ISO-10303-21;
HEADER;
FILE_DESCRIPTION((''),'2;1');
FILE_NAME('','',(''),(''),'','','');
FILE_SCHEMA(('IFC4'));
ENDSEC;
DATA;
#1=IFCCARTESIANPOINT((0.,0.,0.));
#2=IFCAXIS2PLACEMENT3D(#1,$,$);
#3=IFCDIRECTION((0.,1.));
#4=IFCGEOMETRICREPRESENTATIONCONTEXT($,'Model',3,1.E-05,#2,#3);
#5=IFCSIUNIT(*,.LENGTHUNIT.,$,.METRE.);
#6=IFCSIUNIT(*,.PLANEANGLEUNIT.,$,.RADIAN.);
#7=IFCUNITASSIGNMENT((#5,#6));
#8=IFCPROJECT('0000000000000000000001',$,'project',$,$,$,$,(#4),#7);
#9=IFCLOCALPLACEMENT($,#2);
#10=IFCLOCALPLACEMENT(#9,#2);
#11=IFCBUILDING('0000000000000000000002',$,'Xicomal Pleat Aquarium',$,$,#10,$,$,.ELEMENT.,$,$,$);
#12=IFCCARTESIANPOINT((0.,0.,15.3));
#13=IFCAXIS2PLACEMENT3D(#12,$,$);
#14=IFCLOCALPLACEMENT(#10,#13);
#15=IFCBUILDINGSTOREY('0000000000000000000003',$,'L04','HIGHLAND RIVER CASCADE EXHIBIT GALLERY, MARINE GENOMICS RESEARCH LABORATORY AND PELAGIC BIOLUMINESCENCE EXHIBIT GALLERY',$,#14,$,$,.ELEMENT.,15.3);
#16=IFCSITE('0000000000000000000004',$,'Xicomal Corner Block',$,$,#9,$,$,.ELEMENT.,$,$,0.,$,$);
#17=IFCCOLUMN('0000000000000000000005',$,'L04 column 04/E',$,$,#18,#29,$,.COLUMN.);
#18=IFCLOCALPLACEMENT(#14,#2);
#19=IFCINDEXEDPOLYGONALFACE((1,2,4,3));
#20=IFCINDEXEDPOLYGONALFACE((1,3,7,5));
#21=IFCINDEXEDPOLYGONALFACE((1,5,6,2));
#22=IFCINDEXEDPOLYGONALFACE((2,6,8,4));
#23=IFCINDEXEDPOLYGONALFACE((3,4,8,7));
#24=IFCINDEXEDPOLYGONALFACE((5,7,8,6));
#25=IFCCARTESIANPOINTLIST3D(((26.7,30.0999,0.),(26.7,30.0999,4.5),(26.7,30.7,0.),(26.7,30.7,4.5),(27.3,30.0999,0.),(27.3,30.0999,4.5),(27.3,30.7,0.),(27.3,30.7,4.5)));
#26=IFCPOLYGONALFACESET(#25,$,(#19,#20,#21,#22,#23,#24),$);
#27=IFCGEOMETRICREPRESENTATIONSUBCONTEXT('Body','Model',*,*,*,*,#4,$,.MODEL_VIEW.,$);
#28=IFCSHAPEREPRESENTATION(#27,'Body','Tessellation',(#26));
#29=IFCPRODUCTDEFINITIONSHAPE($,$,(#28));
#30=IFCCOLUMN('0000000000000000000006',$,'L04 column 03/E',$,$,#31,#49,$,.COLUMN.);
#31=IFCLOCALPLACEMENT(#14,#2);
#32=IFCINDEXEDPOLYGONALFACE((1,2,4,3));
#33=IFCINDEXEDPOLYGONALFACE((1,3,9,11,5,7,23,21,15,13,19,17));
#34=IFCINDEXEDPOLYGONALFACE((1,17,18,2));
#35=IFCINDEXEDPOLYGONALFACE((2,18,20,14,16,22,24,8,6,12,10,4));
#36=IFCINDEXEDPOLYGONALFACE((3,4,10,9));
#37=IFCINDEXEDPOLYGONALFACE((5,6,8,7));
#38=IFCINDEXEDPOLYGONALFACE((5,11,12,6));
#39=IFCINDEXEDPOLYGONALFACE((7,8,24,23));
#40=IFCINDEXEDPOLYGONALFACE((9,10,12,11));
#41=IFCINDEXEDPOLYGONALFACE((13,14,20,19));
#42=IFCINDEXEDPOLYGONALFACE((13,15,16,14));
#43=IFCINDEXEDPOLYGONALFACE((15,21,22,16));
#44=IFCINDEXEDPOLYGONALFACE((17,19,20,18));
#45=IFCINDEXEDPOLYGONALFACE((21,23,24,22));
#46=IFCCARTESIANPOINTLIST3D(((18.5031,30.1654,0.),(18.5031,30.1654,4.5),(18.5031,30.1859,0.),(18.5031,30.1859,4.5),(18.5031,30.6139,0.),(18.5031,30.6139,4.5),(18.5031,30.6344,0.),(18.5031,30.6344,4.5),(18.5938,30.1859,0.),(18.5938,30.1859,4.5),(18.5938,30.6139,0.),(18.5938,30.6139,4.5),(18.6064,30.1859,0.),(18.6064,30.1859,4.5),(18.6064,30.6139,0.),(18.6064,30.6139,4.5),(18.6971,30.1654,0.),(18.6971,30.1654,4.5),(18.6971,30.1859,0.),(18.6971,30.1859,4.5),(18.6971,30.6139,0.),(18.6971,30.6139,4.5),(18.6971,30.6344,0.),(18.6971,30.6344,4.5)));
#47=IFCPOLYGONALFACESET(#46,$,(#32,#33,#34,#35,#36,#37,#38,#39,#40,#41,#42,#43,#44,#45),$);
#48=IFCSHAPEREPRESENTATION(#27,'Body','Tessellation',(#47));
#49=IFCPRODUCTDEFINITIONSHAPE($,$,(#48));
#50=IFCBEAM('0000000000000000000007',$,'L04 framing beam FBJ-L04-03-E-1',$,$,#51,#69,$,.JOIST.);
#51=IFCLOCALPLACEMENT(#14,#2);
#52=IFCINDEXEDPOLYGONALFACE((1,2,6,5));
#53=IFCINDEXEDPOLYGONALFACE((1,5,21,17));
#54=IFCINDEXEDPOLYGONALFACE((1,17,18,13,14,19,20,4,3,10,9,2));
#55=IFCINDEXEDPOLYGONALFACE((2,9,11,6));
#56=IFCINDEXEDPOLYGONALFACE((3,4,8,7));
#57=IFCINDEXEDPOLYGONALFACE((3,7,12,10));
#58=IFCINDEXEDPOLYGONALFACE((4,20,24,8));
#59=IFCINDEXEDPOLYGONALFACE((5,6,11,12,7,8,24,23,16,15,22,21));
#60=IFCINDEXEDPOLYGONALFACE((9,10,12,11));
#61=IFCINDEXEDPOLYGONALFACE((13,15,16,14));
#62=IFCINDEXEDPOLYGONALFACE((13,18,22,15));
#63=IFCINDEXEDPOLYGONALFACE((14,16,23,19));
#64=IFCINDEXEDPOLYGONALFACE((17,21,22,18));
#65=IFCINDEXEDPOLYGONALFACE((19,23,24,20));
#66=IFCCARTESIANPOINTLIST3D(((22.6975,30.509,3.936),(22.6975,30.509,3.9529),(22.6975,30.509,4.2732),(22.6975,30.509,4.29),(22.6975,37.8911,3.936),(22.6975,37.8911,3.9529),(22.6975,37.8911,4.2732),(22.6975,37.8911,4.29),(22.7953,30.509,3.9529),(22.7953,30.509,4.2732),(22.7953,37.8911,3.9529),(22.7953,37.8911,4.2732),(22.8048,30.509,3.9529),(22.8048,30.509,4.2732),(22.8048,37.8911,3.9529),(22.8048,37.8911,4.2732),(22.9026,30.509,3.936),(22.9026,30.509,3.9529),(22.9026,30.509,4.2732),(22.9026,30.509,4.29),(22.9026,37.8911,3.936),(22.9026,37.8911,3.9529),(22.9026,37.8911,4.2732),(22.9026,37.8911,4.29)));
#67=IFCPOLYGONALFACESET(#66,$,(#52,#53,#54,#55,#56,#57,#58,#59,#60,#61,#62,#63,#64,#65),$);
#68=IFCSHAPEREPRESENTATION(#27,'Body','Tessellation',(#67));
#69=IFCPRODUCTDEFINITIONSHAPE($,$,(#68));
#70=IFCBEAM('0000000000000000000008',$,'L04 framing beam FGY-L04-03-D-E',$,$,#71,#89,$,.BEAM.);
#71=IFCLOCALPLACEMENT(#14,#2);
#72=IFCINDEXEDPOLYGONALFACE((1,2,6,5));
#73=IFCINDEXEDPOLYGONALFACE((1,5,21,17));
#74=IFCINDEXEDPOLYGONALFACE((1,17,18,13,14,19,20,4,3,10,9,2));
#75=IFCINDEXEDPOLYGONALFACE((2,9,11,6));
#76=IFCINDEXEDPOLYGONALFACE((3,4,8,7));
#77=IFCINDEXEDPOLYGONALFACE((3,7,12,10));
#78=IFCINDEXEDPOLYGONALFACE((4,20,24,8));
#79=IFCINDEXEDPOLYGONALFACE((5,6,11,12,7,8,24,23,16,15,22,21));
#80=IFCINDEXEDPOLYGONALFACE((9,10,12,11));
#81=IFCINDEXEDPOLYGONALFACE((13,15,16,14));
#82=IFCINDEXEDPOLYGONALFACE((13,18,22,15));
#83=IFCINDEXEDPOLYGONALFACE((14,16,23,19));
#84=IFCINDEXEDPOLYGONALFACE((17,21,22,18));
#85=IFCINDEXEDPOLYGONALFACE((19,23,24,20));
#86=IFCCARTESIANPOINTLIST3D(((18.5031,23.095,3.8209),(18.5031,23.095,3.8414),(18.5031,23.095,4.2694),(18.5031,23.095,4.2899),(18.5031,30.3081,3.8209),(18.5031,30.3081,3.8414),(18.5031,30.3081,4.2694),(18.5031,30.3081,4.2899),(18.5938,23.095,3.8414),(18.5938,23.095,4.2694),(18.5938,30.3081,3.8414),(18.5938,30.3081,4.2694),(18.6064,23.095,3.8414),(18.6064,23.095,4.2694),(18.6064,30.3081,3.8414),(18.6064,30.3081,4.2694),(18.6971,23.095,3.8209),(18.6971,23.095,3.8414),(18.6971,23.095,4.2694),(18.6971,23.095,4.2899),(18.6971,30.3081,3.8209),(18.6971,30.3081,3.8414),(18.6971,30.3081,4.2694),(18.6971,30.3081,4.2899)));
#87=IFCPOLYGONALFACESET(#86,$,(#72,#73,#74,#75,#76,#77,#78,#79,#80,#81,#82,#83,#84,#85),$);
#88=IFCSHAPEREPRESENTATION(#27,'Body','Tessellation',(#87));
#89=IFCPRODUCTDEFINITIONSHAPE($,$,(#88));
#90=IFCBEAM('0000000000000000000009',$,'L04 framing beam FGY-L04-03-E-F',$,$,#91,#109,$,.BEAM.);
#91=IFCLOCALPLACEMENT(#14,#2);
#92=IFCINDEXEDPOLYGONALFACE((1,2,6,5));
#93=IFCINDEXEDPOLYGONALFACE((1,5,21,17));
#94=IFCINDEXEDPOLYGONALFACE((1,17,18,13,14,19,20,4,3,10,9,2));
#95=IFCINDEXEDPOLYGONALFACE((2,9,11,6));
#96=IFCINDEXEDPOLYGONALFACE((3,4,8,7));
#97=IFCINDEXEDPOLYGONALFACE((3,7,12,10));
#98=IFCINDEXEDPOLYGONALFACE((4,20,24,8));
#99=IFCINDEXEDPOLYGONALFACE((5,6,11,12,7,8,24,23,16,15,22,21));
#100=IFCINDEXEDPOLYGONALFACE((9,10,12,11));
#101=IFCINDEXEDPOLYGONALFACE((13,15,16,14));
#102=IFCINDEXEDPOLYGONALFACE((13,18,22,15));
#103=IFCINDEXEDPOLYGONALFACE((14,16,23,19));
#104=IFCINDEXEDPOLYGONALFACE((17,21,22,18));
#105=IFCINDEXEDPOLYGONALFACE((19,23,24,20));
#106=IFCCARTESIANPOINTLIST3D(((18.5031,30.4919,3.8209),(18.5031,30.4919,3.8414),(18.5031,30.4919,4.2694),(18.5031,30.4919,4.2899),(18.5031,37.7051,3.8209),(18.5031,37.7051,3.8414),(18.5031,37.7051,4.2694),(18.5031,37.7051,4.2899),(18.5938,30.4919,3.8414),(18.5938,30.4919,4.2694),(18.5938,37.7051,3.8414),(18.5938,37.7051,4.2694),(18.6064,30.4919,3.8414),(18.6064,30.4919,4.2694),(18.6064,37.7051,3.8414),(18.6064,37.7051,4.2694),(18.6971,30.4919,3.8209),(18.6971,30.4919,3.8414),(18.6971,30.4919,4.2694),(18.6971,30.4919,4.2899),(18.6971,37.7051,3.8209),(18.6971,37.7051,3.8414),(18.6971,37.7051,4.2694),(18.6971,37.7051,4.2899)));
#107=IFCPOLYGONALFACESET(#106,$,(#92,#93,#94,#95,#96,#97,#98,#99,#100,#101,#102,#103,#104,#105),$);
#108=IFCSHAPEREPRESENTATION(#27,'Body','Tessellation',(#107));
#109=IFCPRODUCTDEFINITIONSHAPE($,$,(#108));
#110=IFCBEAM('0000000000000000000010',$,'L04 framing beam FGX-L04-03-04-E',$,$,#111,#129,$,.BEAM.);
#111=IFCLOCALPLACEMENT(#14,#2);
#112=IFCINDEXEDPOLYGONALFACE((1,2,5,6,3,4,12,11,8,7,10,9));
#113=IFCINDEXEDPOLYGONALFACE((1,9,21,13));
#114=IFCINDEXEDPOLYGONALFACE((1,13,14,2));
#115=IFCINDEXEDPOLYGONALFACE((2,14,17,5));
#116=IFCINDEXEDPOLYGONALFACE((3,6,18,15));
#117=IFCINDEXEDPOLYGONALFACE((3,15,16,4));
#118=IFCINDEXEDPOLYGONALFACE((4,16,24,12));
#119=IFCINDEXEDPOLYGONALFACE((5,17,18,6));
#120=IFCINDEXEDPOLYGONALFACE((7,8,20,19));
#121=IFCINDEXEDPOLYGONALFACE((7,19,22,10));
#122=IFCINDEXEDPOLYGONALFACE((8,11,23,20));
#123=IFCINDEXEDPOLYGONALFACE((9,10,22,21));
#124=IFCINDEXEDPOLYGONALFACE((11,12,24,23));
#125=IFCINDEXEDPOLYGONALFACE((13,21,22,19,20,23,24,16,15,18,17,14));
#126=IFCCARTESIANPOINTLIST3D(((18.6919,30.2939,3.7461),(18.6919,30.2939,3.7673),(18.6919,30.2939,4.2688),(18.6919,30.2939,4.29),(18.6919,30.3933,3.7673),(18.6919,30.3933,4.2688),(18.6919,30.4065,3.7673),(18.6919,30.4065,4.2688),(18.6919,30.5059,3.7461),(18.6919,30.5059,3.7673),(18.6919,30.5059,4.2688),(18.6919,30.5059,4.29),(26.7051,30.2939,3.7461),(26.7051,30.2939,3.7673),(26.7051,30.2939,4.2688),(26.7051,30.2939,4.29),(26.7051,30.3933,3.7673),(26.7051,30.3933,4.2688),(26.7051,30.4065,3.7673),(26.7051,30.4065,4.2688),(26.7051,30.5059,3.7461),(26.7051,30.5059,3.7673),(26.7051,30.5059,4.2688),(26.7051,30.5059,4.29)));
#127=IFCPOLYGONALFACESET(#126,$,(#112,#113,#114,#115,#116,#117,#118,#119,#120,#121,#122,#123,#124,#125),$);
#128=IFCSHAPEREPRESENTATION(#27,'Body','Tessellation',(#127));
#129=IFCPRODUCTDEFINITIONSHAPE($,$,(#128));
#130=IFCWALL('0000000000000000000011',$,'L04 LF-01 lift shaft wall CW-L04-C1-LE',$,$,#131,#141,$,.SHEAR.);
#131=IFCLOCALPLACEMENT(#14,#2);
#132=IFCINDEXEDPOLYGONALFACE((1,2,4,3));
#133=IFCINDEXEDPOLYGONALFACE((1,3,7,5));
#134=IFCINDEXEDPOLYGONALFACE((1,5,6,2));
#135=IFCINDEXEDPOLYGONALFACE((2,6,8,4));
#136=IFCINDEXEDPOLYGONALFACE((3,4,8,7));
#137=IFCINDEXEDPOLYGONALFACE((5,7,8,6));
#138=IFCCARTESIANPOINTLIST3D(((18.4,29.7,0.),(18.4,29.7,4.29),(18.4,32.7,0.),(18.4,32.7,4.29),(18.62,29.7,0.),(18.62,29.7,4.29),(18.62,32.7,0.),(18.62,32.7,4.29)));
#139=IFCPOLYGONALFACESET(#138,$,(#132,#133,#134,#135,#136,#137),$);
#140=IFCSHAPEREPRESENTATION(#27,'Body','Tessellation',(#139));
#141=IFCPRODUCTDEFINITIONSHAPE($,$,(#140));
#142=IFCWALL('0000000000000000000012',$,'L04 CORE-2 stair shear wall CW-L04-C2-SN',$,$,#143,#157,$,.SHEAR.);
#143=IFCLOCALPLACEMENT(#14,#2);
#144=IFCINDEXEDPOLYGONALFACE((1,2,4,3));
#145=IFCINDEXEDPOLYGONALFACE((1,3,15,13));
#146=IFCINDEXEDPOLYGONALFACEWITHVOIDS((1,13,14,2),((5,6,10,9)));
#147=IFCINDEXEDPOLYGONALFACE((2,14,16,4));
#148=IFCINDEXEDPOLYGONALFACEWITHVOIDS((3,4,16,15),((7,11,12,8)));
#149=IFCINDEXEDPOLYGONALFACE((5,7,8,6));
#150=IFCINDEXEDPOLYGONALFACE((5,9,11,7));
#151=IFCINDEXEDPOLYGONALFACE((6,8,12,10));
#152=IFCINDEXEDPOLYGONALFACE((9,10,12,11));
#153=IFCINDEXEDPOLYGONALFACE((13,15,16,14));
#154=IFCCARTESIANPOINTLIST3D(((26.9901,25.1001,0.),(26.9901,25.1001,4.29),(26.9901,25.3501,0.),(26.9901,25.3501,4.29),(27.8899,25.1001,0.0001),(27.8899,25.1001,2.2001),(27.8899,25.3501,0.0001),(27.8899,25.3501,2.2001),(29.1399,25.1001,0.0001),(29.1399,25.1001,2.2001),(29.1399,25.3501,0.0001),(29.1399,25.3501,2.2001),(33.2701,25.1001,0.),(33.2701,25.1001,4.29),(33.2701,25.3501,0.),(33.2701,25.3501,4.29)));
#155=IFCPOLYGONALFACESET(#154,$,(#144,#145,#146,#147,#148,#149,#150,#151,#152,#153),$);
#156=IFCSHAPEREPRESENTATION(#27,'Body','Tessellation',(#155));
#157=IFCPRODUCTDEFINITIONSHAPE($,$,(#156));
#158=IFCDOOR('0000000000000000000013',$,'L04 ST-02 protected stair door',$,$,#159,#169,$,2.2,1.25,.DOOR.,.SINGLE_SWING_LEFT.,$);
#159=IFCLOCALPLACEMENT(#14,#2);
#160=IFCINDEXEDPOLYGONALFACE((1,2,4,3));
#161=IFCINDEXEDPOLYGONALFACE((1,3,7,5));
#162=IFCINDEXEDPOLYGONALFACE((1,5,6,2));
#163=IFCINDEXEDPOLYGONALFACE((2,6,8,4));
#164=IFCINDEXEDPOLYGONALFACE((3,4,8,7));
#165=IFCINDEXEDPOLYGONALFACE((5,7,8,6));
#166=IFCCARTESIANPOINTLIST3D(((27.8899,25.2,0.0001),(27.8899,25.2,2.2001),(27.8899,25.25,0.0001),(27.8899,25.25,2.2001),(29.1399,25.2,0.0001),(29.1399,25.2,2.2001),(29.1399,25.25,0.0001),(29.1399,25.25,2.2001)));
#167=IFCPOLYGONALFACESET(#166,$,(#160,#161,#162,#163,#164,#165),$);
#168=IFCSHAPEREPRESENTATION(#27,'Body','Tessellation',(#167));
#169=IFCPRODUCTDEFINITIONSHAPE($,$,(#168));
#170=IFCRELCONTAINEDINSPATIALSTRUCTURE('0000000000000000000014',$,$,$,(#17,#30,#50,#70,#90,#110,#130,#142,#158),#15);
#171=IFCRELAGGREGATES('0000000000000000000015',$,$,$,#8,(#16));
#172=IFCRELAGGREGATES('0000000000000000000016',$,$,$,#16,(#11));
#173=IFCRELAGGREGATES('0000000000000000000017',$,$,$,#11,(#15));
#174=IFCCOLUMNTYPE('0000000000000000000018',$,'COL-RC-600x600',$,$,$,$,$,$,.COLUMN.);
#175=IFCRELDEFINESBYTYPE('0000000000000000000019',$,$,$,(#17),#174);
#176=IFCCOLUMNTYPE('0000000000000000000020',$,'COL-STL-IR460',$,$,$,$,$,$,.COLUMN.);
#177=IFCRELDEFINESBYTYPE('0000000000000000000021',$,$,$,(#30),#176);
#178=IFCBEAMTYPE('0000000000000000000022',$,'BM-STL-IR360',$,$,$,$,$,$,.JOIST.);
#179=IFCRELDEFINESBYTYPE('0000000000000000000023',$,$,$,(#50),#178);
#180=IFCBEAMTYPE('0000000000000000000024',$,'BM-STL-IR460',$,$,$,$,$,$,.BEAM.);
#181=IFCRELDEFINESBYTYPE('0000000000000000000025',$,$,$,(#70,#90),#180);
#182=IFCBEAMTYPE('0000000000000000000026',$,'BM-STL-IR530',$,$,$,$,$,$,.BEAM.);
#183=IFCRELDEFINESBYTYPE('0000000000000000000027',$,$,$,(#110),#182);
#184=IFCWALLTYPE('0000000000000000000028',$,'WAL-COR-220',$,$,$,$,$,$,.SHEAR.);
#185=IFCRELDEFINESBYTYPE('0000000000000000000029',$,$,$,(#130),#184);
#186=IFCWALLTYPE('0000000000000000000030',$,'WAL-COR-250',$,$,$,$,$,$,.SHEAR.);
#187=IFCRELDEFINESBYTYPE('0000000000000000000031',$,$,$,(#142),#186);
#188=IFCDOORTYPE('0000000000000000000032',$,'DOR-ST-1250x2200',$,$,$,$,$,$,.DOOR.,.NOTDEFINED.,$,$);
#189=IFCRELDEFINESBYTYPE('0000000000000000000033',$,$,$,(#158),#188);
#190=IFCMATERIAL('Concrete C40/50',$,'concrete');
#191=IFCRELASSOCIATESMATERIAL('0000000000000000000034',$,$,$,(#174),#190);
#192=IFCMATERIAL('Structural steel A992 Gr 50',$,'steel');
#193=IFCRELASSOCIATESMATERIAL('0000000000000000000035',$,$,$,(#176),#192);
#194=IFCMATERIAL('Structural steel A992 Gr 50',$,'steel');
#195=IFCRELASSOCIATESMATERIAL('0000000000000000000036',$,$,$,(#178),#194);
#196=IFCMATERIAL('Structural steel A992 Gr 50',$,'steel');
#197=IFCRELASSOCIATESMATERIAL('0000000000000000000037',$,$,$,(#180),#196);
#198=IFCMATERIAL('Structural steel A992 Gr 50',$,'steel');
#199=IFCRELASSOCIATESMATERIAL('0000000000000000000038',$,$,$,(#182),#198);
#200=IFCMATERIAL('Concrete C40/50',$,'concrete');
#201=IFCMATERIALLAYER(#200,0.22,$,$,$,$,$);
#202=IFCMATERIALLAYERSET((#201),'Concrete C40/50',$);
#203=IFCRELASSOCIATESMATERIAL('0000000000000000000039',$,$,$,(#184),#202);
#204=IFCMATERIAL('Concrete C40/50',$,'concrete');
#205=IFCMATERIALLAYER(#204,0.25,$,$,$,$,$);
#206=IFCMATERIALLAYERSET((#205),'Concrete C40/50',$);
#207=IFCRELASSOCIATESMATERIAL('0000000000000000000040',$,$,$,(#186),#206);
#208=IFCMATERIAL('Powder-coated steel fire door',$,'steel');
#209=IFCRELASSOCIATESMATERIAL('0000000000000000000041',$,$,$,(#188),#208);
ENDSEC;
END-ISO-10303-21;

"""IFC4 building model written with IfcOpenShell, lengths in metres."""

from ifc_helpers import new_model, si_unit, direction, frame, frame_2d, origin, origin_2d, place, context, subcontext, project, spatial, rectangle, i_section, extrude, material, layer, layer_set, material_profile, profile_set, type_object, element, fill, save


model = new_model("IFC4")

# Units and contexts
model_context = context("Model", 3, precision=1e-05, world=origin(), true_north=direction((0.0, 1.0)))
body_context = subcontext(model_context, "Body", "Model", "MODEL_VIEW")
ifc_project = project(units=[si_unit("LENGTHUNIT", "METRE"), si_unit("PLANEANGLEUNIT", "RADIAN")], contexts=[model_context])

# Site, building, storey
site_placement = place(None, origin())
site = spatial("IfcSite", under=ifc_project, at=site_placement, Name="Xicomal Corner Block", CompositionType="ELEMENT", RefElevation=0.0)
building_placement = place(site_placement, origin())
building = spatial("IfcBuilding", under=site, at=building_placement, Name="Xicomal Pleat Aquarium", CompositionType="ELEMENT")
storey_placement = place(building_placement, frame((0.0, 0.0, 15.3)))
storey = spatial("IfcBuildingStorey", under=building, at=storey_placement, Name="L04", Description="HIGHLAND RIVER CASCADE EXHIBIT GALLERY, MARINE GENOMICS RESEARCH LABORATORY AND PELAGIC BIOLUMINESCENCE EXHIBIT GALLERY", CompositionType="ELEMENT", Elevation=15.3)

# Columns
ifc_material_1 = material(Name="Concrete C40/50", Category="concrete")
ifc_material_profile_1 = material_profile(ifc_material_1, rectangle(XDim=0.6001, YDim=0.6001, at=origin_2d()), Name="RC 600x600")
ifc_profile_set_1 = profile_set([ifc_material_profile_1], Name="Concrete C40/50")
column_type_1 = type_object("IfcColumnType", Name="COL-RC-600x600", PredefinedType="COLUMN", material=ifc_profile_set_1)
column_1_placement = place(storey_placement, frame((27.0, 30.3999, 0.0), z_axis=(0.0, 0.0, 1.0), x_axis=(1.0, 0.0, 0.0)))
element("IfcColumn", 1, at=column_1_placement, inside=storey, type_object=column_type_1, Name="L04 column 04/E", PredefinedType="COLUMN", context=body_context, shape_type="SweptSolid", body=[
    extrude(rectangle(XDim=0.6001, YDim=0.6001, at=origin_2d()), origin(), (0.0, 0.0, 1.0), 4.5),
])
ifc_material_2 = material(Name="Structural steel A992 Gr 50", Category="steel")
ifc_material_profile_2 = material_profile(ifc_material_2, i_section(OverallWidth=0.1941, OverallDepth=0.469, WebThickness=0.0127, FlangeThickness=0.0205, at=origin_2d()), Name="IR 460x106")
ifc_profile_set_2 = profile_set([ifc_material_profile_2], Name="Structural steel A992 Gr 50")
column_type_2 = type_object("IfcColumnType", Name="COL-STL-IR460", PredefinedType="COLUMN", material=ifc_profile_set_2)
column_2_placement = place(storey_placement, frame((18.6001, 30.3999, 0.0), z_axis=(0.0, 0.0, 1.0), x_axis=(1.0, 0.0, 0.0)))
element("IfcColumn", 2, at=column_2_placement, inside=storey, type_object=column_type_2, Name="L04 column 03/E", PredefinedType="COLUMN", context=body_context, shape_type="SweptSolid", body=[
    extrude(i_section(OverallWidth=0.1941, OverallDepth=0.469, WebThickness=0.0127, FlangeThickness=0.0205, at=origin_2d()), origin(), (0.0, 0.0, 1.0), 4.5),
])

# Beams
ifc_material_3 = material(Name="Structural steel A992 Gr 50", Category="steel")
ifc_material_profile_3 = material_profile(ifc_material_3, i_section(OverallWidth=0.2051, OverallDepth=0.354, WebThickness=0.0095, FlangeThickness=0.0168, at=origin_2d()), Name="IR 360x79")
ifc_profile_set_3 = profile_set([ifc_material_profile_3], Name="Structural steel A992 Gr 50")
beam_type_1 = type_object("IfcBeamType", Name="BM-STL-IR360", PredefinedType="JOIST", material=ifc_profile_set_3)
beam_1_placement = place(storey_placement, frame((22.8, 30.509, 4.113), z_axis=(0.0, 1.0, 0.0), x_axis=(-1.0, 0.0, 0.0)))
element("IfcBeam", 3, at=beam_1_placement, inside=storey, type_object=beam_type_1, Name="L04 framing beam FBJ-L04-03-E-1", PredefinedType="JOIST", context=body_context, shape_type="SweptSolid", body=[
    extrude(i_section(OverallWidth=0.2051, OverallDepth=0.354, WebThickness=0.0095, FlangeThickness=0.0168, at=origin_2d()), origin(), (0.0, 0.0, 1.0), 7.3821),
])
ifc_material_4 = material(Name="Structural steel A992 Gr 50", Category="steel")
ifc_material_profile_4 = material_profile(ifc_material_4, i_section(OverallWidth=0.1941, OverallDepth=0.469, WebThickness=0.0127, FlangeThickness=0.0205, at=origin_2d()), Name="IR 460x106")
ifc_profile_set_4 = profile_set([ifc_material_profile_4], Name="Structural steel A992 Gr 50")
beam_type_2 = type_object("IfcBeamType", Name="BM-STL-IR460", PredefinedType="BEAM", material=ifc_profile_set_4)
for number, where, z_axis, x_axis, name in (
    (4, (18.6001, 23.095, 4.0554), (0.0, 1.0, 0.0), (-1.0, 0.0, 0.0), "L04 framing beam FGY-L04-03-D-E"),
    (5, (18.6001, 30.4919, 4.0554), (0.0, 1.0, 0.0), (-1.0, 0.0, 0.0), "L04 framing beam FGY-L04-03-E-F"),
):
    element("IfcBeam", number, at=place(storey_placement, frame(where, z_axis=z_axis, x_axis=x_axis)), inside=storey, type_object=beam_type_2, Name=name, PredefinedType="BEAM", context=body_context, shape_type="SweptSolid", body=[
        extrude(i_section(OverallWidth=0.1941, OverallDepth=0.469, WebThickness=0.0127, FlangeThickness=0.0205, at=origin_2d()), origin(), (0.0, 0.0, 1.0), 7.2131),
    ])
ifc_material_5 = material(Name="Structural steel A992 Gr 50", Category="steel")
ifc_material_profile_5 = material_profile(ifc_material_5, i_section(OverallWidth=0.2119, OverallDepth=0.5439, WebThickness=0.0132, FlangeThickness=0.0212, at=origin_2d()), Name="IR 530x123")
ifc_profile_set_5 = profile_set([ifc_material_profile_5], Name="Structural steel A992 Gr 50")
beam_type_3 = type_object("IfcBeamType", Name="BM-STL-IR530", PredefinedType="BEAM", material=ifc_profile_set_5)
beam_2_placement = place(storey_placement, frame((18.6919, 30.3999, 4.0181), z_axis=(1.0, 0.0, 0.0), x_axis=(0.0, 1.0, 0.0)))
element("IfcBeam", 6, at=beam_2_placement, inside=storey, type_object=beam_type_3, Name="L04 framing beam FGX-L04-03-04-E", PredefinedType="BEAM", context=body_context, shape_type="SweptSolid", body=[
    extrude(i_section(OverallWidth=0.2119, OverallDepth=0.5439, WebThickness=0.0132, FlangeThickness=0.0212, at=origin_2d()), origin(), (0.0, 0.0, 1.0), 8.0132),
])

# Wall
ifc_material_6 = material(Name="Concrete C40/50", Category="concrete")
ifc_layer_1 = layer(ifc_material_6, 0.22)
ifc_layer_set_1 = layer_set([ifc_layer_1], Name="Concrete C40/50")
wall_type_1 = type_object("IfcWallType", Name="WAL-COR-220", PredefinedType="SHEAR", material=ifc_layer_set_1)
wall_1_placement = place(storey_placement, frame((18.51, 29.7, 0.0), z_axis=(0.0, 0.0, 1.0), x_axis=(0.0, 1.0, 0.0)))
element("IfcWall", 7, at=wall_1_placement, inside=storey, type_object=wall_type_1, Name="L04 LF-01 lift shaft wall CW-L04-C1-LE", PredefinedType="SHEAR", context=body_context, shape_type="SweptSolid", body=[
    extrude(rectangle(XDim=3.0, YDim=0.22, at=frame_2d((1.5, 0.0))), origin(), (0.0, 0.0, 1.0), 4.29),
])

# Wall, opening, door
ifc_material_7 = material(Name="Concrete C40/50", Category="concrete")
ifc_layer_2 = layer(ifc_material_7, 0.25)
ifc_layer_set_2 = layer_set([ifc_layer_2], Name="Concrete C40/50")
wall_type_2 = type_object("IfcWallType", Name="WAL-COR-250", PredefinedType="SHEAR", material=ifc_layer_set_2)
wall_2_placement = place(storey_placement, frame((26.99, 25.2251, 0.0), z_axis=(0.0, 0.0, 1.0), x_axis=(1.0, 0.0, 0.0)))
wall_2 = element("IfcWall", 8, at=wall_2_placement, inside=storey, type_object=wall_type_2, Name="L04 CORE-2 stair shear wall CW-L04-C2-SN", PredefinedType="SHEAR", context=body_context, shape_type="SweptSolid", body=[
    extrude(rectangle(XDim=6.28, YDim=0.25, at=frame_2d((3.1401, 0.0))), origin(), (0.0, 0.0, 1.0), 4.29),
])
opening_1_placement = place(wall_2_placement, frame((0.8999, 0.0, 0.0)))
opening_1 = element("IfcOpeningElement", 9, at=opening_1_placement, cuts=wall_2, PredefinedType="OPENING", context=body_context, shape_type="SweptSolid", body=[
    extrude(rectangle(XDim=1.25, YDim=2.2, at=frame_2d((0.625, 1.1001))), frame((0.0, 0.135, 0.0), z_axis=(0.0, -1.0, 0.0), x_axis=(1.0, 0.0, 0.0)), (0.0, 0.0, 1.0), 0.27),
])
ifc_material_8 = material(Name="Powder-coated steel fire door", Category="steel")
door_type_1 = type_object("IfcDoorType", Name="DOR-ST-1250x2200", OperationType="NOTDEFINED", PredefinedType="DOOR", material=ifc_material_8)
door_1_placement = place(opening_1_placement, origin())
door_1 = element("IfcDoor", 10, at=door_1_placement, inside=storey, type_object=door_type_1, Name="L04 ST-02 protected stair door", OperationType="SINGLE_SWING_LEFT", OverallHeight=2.2, OverallWidth=1.25, PredefinedType="DOOR", context=body_context, shape_type="SweptSolid", body=[
    extrude(rectangle(XDim=1.25, YDim=2.2, at=frame_2d((0.625, 1.1001))), frame((0.0, 0.0249, 0.0), z_axis=(0.0, -1.0, 0.0), x_axis=(1.0, 0.0, 0.0)), (0.0, 0.0, 1.0), 0.05),
])
fill(opening_1, door_1)

save(model, "model.ifc")
